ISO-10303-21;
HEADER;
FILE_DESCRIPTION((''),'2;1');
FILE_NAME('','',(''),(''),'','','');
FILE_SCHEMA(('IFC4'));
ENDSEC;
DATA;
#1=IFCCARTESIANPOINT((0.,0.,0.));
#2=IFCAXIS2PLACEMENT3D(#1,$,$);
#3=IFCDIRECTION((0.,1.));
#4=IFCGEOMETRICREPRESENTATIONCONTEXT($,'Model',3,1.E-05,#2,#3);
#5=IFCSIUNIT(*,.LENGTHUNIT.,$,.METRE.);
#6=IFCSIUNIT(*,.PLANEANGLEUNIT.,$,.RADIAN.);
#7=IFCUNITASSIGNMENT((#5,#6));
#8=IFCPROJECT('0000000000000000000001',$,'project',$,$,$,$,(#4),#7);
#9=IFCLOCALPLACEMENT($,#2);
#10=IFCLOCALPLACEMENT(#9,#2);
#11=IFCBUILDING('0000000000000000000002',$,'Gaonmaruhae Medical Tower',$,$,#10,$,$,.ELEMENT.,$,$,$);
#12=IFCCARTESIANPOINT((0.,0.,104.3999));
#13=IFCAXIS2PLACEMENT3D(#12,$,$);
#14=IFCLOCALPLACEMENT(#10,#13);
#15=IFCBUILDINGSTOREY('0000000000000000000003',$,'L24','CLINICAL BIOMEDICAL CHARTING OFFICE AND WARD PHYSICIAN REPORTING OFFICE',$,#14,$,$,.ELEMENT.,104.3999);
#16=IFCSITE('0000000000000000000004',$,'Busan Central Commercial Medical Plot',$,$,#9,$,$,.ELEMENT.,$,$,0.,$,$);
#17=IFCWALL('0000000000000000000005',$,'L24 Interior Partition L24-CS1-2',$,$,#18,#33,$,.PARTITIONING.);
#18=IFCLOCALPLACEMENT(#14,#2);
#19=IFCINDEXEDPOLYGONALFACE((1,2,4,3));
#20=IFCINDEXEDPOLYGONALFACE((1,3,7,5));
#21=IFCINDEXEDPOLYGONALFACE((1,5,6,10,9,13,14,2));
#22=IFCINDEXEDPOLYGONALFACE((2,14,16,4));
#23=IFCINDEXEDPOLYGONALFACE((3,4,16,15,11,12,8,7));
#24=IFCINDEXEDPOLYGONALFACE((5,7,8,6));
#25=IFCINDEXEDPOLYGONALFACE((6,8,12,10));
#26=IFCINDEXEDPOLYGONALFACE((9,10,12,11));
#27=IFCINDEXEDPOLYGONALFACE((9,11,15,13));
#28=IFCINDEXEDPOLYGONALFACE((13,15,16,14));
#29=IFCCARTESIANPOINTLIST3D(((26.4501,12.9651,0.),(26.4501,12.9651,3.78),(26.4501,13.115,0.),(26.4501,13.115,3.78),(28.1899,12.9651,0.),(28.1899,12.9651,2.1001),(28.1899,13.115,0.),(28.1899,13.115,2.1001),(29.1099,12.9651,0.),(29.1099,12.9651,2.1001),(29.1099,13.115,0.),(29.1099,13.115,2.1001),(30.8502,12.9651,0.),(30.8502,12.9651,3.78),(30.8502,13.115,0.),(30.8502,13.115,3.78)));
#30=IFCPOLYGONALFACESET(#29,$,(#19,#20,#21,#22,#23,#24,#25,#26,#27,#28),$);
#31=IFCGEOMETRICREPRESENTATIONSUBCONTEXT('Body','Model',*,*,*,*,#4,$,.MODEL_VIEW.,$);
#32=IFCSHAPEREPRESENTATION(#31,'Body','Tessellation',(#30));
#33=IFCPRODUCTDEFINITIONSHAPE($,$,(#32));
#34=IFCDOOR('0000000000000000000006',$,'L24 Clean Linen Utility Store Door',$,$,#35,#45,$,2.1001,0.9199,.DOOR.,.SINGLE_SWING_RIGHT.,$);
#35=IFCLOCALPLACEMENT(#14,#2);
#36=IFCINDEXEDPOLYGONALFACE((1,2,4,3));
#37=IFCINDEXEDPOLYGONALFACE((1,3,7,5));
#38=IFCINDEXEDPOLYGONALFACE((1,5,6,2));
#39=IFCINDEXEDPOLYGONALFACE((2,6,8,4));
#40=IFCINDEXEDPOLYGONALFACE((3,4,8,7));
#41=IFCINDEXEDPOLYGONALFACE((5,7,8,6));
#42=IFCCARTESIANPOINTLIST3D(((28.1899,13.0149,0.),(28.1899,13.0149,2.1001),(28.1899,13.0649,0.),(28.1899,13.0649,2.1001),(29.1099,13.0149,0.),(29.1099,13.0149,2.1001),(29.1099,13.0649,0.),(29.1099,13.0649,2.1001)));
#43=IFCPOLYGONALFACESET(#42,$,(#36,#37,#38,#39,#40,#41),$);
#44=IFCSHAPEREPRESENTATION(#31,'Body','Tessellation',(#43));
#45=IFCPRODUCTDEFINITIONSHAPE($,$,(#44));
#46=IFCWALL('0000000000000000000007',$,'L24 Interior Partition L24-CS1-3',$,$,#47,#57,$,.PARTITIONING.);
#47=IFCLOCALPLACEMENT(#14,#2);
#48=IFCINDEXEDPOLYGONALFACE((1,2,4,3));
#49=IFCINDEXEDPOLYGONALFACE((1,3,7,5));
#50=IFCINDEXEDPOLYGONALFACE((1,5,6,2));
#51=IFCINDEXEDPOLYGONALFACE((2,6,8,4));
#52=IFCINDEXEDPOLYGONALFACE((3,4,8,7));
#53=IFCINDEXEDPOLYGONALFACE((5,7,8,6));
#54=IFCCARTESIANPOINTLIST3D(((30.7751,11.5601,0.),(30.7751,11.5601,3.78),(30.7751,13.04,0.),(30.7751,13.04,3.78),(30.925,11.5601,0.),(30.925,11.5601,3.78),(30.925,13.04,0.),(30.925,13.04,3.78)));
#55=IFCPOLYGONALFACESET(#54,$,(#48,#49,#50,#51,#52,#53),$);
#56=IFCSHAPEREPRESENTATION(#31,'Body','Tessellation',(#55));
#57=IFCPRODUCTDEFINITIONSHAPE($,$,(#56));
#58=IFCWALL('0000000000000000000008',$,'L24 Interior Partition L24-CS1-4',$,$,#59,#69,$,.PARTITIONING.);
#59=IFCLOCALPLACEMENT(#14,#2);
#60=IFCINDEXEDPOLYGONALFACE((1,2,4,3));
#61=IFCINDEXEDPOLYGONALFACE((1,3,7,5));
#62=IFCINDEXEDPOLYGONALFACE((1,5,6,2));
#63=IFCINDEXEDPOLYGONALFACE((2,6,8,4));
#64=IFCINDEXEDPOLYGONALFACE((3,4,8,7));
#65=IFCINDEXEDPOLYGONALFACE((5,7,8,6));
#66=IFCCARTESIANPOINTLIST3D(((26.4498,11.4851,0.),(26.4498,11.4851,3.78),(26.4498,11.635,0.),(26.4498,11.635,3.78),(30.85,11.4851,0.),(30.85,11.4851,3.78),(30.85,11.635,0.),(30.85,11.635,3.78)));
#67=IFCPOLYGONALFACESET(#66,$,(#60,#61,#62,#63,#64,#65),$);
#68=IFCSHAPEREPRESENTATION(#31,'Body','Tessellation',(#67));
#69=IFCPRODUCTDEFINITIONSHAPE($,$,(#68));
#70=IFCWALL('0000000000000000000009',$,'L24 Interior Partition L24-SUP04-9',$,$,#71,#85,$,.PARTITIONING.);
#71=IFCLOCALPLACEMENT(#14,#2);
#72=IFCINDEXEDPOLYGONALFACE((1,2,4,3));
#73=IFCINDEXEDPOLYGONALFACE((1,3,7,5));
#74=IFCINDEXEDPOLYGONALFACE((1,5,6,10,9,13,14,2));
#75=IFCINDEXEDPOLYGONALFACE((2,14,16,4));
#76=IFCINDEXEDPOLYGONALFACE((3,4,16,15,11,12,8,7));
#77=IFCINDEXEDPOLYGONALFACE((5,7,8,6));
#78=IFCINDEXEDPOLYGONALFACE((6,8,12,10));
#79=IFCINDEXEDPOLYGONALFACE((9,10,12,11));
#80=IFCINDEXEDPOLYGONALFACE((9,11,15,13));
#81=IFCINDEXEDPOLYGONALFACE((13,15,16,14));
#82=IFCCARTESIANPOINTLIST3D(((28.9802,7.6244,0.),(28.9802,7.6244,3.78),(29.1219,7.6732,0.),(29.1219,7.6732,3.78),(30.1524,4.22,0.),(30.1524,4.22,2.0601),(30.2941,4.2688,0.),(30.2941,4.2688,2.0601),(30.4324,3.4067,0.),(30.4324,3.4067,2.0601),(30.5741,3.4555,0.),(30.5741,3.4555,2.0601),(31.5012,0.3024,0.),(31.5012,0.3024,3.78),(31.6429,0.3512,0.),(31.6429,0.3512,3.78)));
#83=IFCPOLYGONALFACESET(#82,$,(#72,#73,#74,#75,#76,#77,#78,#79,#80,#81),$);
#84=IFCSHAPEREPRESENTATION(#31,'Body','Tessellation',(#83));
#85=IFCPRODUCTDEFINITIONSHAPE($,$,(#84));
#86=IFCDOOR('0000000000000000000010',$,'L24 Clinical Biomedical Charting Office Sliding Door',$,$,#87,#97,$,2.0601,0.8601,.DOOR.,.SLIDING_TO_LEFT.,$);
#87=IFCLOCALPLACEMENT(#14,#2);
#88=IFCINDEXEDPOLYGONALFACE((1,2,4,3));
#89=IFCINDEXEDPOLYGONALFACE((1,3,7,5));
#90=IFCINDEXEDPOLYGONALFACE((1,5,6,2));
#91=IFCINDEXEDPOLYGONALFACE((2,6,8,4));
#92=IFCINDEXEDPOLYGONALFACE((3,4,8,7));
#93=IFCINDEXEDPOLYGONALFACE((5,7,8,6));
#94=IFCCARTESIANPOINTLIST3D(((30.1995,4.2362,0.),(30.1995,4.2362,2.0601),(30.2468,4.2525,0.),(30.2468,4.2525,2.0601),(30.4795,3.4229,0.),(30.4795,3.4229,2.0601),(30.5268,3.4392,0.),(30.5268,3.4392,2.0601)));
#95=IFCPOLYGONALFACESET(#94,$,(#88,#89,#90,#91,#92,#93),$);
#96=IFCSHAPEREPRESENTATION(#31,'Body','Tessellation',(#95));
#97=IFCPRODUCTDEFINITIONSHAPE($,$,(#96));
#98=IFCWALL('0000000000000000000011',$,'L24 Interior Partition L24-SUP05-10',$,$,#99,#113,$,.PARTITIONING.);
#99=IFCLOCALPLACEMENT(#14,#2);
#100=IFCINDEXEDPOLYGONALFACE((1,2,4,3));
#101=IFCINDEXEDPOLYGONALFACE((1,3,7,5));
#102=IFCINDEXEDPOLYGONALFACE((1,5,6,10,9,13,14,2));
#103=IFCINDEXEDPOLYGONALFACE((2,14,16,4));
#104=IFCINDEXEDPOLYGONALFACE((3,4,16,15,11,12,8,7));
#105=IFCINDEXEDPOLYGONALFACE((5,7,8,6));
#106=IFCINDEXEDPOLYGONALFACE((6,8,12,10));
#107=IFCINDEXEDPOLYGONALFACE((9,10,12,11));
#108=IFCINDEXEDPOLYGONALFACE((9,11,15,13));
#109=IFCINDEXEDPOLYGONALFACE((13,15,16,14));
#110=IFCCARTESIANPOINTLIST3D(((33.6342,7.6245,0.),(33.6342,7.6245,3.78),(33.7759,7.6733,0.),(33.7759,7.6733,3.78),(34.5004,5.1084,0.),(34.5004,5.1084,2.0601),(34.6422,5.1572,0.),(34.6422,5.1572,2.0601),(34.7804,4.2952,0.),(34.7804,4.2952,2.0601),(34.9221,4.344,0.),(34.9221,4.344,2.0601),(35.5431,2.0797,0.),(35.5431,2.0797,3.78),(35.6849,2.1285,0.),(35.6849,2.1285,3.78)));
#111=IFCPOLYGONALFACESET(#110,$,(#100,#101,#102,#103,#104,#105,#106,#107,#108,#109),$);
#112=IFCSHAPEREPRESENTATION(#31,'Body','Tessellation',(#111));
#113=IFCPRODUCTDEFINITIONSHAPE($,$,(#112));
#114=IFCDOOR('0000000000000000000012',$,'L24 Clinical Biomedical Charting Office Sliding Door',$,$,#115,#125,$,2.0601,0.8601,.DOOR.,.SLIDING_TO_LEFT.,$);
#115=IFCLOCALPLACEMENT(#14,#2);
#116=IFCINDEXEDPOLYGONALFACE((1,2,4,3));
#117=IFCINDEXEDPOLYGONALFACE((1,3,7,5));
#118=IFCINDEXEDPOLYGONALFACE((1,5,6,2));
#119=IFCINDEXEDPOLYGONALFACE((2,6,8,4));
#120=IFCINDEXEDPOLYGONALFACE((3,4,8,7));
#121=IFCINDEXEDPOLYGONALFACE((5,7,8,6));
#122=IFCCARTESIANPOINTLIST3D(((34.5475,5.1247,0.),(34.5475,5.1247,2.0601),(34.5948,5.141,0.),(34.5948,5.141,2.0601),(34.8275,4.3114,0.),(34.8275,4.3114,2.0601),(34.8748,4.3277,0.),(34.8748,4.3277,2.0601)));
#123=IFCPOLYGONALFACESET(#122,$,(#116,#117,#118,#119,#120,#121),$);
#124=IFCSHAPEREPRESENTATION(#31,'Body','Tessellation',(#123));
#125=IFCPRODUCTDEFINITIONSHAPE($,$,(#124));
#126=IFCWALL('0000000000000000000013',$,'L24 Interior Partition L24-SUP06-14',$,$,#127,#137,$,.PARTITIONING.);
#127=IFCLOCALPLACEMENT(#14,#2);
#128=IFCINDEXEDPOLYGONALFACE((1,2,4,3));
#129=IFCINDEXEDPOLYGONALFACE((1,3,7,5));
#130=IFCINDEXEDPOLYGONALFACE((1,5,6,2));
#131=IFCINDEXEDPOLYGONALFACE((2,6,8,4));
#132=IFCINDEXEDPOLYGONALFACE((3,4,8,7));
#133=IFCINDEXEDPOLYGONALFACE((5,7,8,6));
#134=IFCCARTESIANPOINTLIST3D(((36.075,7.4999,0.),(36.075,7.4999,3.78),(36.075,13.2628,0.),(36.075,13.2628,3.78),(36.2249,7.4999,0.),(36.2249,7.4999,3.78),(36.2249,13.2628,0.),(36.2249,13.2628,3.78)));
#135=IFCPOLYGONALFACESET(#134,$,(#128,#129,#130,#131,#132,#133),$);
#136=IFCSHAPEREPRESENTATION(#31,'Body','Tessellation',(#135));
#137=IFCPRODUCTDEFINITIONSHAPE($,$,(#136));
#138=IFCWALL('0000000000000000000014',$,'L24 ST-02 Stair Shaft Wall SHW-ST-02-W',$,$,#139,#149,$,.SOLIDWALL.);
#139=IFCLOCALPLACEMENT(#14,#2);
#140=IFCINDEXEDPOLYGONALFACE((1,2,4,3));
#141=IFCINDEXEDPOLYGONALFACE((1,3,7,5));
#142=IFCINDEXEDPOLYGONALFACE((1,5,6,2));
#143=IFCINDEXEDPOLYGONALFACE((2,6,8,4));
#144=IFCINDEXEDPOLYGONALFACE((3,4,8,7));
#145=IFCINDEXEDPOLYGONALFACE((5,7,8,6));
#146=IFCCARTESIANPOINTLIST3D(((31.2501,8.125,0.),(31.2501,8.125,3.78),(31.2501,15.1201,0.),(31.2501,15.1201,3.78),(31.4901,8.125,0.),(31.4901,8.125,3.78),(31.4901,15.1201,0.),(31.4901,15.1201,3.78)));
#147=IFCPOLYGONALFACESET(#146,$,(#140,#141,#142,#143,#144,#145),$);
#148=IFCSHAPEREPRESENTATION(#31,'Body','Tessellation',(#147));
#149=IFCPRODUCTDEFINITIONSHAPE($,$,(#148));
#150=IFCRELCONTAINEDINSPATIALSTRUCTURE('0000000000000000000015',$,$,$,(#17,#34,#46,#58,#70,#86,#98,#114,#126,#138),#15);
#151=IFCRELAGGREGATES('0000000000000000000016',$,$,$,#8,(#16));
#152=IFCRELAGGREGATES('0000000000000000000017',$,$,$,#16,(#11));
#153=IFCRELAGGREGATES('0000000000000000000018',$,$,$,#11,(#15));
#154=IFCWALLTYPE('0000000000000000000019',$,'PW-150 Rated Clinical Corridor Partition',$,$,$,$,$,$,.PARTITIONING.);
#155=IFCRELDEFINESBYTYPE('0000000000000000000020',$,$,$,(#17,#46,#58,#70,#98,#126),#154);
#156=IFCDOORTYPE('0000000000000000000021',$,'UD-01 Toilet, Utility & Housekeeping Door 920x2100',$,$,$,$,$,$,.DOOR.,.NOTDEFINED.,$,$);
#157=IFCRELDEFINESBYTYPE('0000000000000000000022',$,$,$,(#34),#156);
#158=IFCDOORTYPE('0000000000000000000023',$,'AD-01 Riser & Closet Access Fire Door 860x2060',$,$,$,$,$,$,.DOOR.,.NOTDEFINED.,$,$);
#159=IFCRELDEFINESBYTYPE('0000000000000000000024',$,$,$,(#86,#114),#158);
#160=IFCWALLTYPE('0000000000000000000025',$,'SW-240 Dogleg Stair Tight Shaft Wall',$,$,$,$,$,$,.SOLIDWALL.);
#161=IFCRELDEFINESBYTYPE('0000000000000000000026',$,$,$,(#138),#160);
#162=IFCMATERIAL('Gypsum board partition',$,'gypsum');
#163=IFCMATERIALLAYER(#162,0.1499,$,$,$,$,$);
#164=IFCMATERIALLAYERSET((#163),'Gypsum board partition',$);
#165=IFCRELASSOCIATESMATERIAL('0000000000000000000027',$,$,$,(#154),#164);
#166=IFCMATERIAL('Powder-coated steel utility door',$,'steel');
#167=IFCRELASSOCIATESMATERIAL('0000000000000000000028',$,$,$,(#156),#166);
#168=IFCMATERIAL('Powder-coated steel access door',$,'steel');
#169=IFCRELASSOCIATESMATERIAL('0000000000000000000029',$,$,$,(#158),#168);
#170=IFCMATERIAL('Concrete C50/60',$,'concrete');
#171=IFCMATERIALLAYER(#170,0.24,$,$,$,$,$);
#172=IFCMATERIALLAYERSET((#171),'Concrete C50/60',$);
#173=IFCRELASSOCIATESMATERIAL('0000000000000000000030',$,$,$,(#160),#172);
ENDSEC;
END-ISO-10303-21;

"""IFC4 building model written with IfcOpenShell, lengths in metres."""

from ifc_helpers import new_model, si_unit, direction, frame, frame_2d, origin, place, context, subcontext, project, spatial, rectangle, extrude, material, layer, layer_set, type_object, element, fill, save


model = new_model("IFC4")

# Units and contexts
model_context = context("Model", 3, precision=1e-05, world=origin(), true_north=direction((0.0, 1.0)))
body_context = subcontext(model_context, "Body", "Model", "MODEL_VIEW")
ifc_project = project(units=[si_unit("LENGTHUNIT", "METRE"), si_unit("PLANEANGLEUNIT", "RADIAN")], contexts=[model_context])

# Site, building, storey
site_placement = place(None, origin())
site = spatial("IfcSite", under=ifc_project, at=site_placement, Name="Busan Central Commercial Medical Plot", CompositionType="ELEMENT", RefElevation=0.0)
building_placement = place(site_placement, origin())
building = spatial("IfcBuilding", under=site, at=building_placement, Name="Gaonmaruhae Medical Tower", CompositionType="ELEMENT")
storey_placement = place(building_placement, frame((0.0, 0.0, 104.3999)))
storey = spatial("IfcBuildingStorey", under=building, at=storey_placement, Name="L24", Description="CLINICAL BIOMEDICAL CHARTING OFFICE AND WARD PHYSICIAN REPORTING OFFICE", CompositionType="ELEMENT", Elevation=104.3999)

# Shared definitions
ifc_material_1 = material(Name="Gypsum board partition", Category="gypsum")
ifc_layer_1 = layer(ifc_material_1, 0.1499)
ifc_layer_set_1 = layer_set([ifc_layer_1], Name="Gypsum board partition")
wall_type_1 = type_object("IfcWallType", Name="PW-150 Rated Clinical Corridor Partition", PredefinedType="PARTITIONING", material=ifc_layer_set_1)

# Wall, opening, door
wall_1_placement = place(storey_placement, frame((26.45, 13.04, 0.0), z_axis=(0.0, 0.0, 1.0), x_axis=(1.0, 0.0, 0.0)))
wall_1 = element("IfcWall", 1, at=wall_1_placement, inside=storey, type_object=wall_type_1, Name="L24 Interior Partition L24-CS1-2", PredefinedType="PARTITIONING", context=body_context, shape_type="SweptSolid", body=[
    extrude(rectangle(XDim=4.4001, YDim=0.1499, at=frame_2d((2.2002, 0.0))), origin(), (0.0, 0.0, 1.0), 3.78),
])
opening_1_placement = place(wall_1_placement, frame((1.74, 0.0, 0.0)))
opening_1 = element("IfcOpeningElement", 2, at=opening_1_placement, cuts=wall_1, PredefinedType="OPENING", context=body_context, shape_type="SweptSolid", body=[
    extrude(rectangle(XDim=0.9199, YDim=2.1001, at=frame_2d((0.46, 1.05))), frame((0.0, 0.085, 0.0), z_axis=(0.0, -1.0, 0.0), x_axis=(1.0, 0.0, 0.0)), (0.0, 0.0, 1.0), 0.1699),
])
ifc_material_2 = material(Name="Powder-coated steel utility door", Category="steel")
door_type_1 = type_object("IfcDoorType", Name="UD-01 Toilet, Utility & Housekeeping Door 920x2100", OperationType="NOTDEFINED", PredefinedType="DOOR", material=ifc_material_2)
door_1_placement = place(opening_1_placement, origin())
door_1 = element("IfcDoor", 3, at=door_1_placement, inside=storey, type_object=door_type_1, Name="L24 Clean Linen Utility Store Door", OperationType="SINGLE_SWING_RIGHT", OverallHeight=2.1001, OverallWidth=0.9199, PredefinedType="DOOR", context=body_context, shape_type="SweptSolid", body=[
    extrude(rectangle(XDim=0.9199, YDim=2.1001, at=frame_2d((0.46, 1.05))), frame((0.0, 0.0249, 0.0), z_axis=(0.0, -1.0, 0.0), x_axis=(1.0, 0.0, 0.0)), (0.0, 0.0, 1.0), 0.05),
])
fill(opening_1, door_1)

# Walls
wall_2_placement = place(storey_placement, frame((30.8501, 13.04, 0.0), z_axis=(0.0, 0.0, 1.0), x_axis=(0.0, -1.0, 0.0)))
element("IfcWall", 4, at=wall_2_placement, inside=storey, type_object=wall_type_1, Name="L24 Interior Partition L24-CS1-3", PredefinedType="PARTITIONING", context=body_context, shape_type="SweptSolid", body=[
    extrude(rectangle(XDim=1.48, YDim=0.1499, at=frame_2d((0.74, 0.0))), origin(), (0.0, 0.0, 1.0), 3.78),
])
wall_3_placement = place(storey_placement, frame((30.8501, 11.5601, 0.0), z_axis=(0.0, 0.0, 1.0), x_axis=(-1.0, 0.0, 0.0)))
element("IfcWall", 5, at=wall_3_placement, inside=storey, type_object=wall_type_1, Name="L24 Interior Partition L24-CS1-4", PredefinedType="PARTITIONING", context=body_context, shape_type="SweptSolid", body=[
    extrude(rectangle(XDim=4.4001, YDim=0.1499, at=frame_2d((2.2002, 0.0))), origin(), (0.0, 0.0, 1.0), 3.78),
])

# Walls, openings, doors
wall_4_placement = place(storey_placement, frame((29.051, 7.6489, 0.0), z_axis=(0.0, 0.0, 1.0), x_axis=(0.325548, -0.945526, 0.0)))
wall_4 = element("IfcWall", 6, at=wall_4_placement, inside=storey, type_object=wall_type_1, Name="L24 Interior Partition L24-SUP04-9", PredefinedType="PARTITIONING", context=body_context, shape_type="SweptSolid", body=[
    extrude(rectangle(XDim=7.7439, YDim=0.1499, at=frame_2d((3.8721, 0.0))), origin(), (0.0, 0.0, 1.0), 3.78),
])
opening_2_placement = place(wall_4_placement, frame((3.6006, 0.0, 0.0)))
opening_2 = element("IfcOpeningElement", 7, at=opening_2_placement, cuts=wall_4, PredefinedType="OPENING", context=body_context, shape_type="SweptSolid", body=[
    extrude(rectangle(XDim=0.8601, YDim=2.0601, at=frame_2d((0.4302, 1.03))), frame((0.0, 0.085, 0.0), z_axis=(0.0, -1.0, 0.0), x_axis=(1.0, 0.0, 0.0)), (0.0, 0.0, 1.0), 0.1699),
])
ifc_material_3 = material(Name="Powder-coated steel access door", Category="steel")
door_type_2 = type_object("IfcDoorType", Name="AD-01 Riser & Closet Access Fire Door 860x2060", OperationType="NOTDEFINED", PredefinedType="DOOR", material=ifc_material_3)
door_2_placement = place(opening_2_placement, origin())
door_2 = element("IfcDoor", 8, at=door_2_placement, inside=storey, type_object=door_type_2, Name="L24 Clinical Biomedical Charting Office Sliding Door", OperationType="SLIDING_TO_LEFT", OverallHeight=2.0601, OverallWidth=0.8601, PredefinedType="DOOR", context=body_context, shape_type="SweptSolid", body=[
    extrude(rectangle(XDim=0.8601, YDim=2.0601, at=frame_2d((0.4302, 1.03))), frame((0.0, 0.0249, 0.0), z_axis=(0.0, -1.0, 0.0), x_axis=(1.0, 0.0, 0.0)), (0.0, 0.0, 1.0), 0.05),
])
fill(opening_2, door_2)
wall_5_placement = place(storey_placement, frame((33.7051, 7.6489, 0.0), z_axis=(0.0, 0.0, 1.0), x_axis=(0.325517, -0.945536, 0.0)))
wall_5 = element("IfcWall", 9, at=wall_5_placement, inside=storey, type_object=wall_type_1, Name="L24 Interior Partition L24-SUP05-10", PredefinedType="PARTITIONING", context=body_context, shape_type="SweptSolid", body=[
    extrude(rectangle(XDim=5.8643, YDim=0.1499, at=frame_2d((2.9321, 0.0))), origin(), (0.0, 0.0, 1.0), 3.78),
])
opening_3_placement = place(wall_5_placement, frame((2.6609, 0.0, 0.0)))
opening_3 = element("IfcOpeningElement", 10, at=opening_3_placement, cuts=wall_5, PredefinedType="OPENING", context=body_context, shape_type="SweptSolid", body=[
    extrude(rectangle(XDim=0.8601, YDim=2.0601, at=frame_2d((0.4302, 1.03))), frame((0.0, 0.085, 0.0), z_axis=(0.0, -1.0, 0.0), x_axis=(1.0, 0.0, 0.0)), (0.0, 0.0, 1.0), 0.1699),
])
door_3_placement = place(opening_3_placement, origin())
door_3 = element("IfcDoor", 11, at=door_3_placement, inside=storey, type_object=door_type_2, Name="L24 Clinical Biomedical Charting Office Sliding Door", OperationType="SLIDING_TO_LEFT", OverallHeight=2.0601, OverallWidth=0.8601, PredefinedType="DOOR", context=body_context, shape_type="SweptSolid", body=[
    extrude(rectangle(XDim=0.8601, YDim=2.0601, at=frame_2d((0.4302, 1.03))), frame((0.0, 0.0249, 0.0), z_axis=(0.0, -1.0, 0.0), x_axis=(1.0, 0.0, 0.0)), (0.0, 0.0, 1.0), 0.05),
])
fill(opening_3, door_3)

# Walls
wall_6_placement = place(storey_placement, frame((36.1499, 7.5, 0.0), z_axis=(0.0, 0.0, 1.0), x_axis=(0.0, 1.0, 0.0)))
element("IfcWall", 12, at=wall_6_placement, inside=storey, type_object=wall_type_1, Name="L24 Interior Partition L24-SUP06-14", PredefinedType="PARTITIONING", context=body_context, shape_type="SweptSolid", body=[
    extrude(rectangle(XDim=5.7629, YDim=0.1499, at=frame_2d((2.8813, 0.0))), origin(), (0.0, 0.0, 1.0), 3.78),
])
ifc_material_4 = material(Name="Concrete C50/60", Category="concrete")
ifc_layer_2 = layer(ifc_material_4, 0.24)
ifc_layer_set_2 = layer_set([ifc_layer_2], Name="Concrete C50/60")
wall_type_2 = type_object("IfcWallType", Name="SW-240 Dogleg Stair Tight Shaft Wall", PredefinedType="SOLIDWALL", material=ifc_layer_set_2)
wall_7_placement = place(storey_placement, frame((31.3701, 8.125, 0.0), z_axis=(0.0, 0.0, 1.0), x_axis=(0.0, 1.0, 0.0)))
element("IfcWall", 13, at=wall_7_placement, inside=storey, type_object=wall_type_2, Name="L24 ST-02 Stair Shaft Wall SHW-ST-02-W", PredefinedType="SOLIDWALL", context=body_context, shape_type="SweptSolid", body=[
    extrude(rectangle(XDim=6.9951, YDim=0.24, at=frame_2d((3.4976, 0.0))), origin(), (0.0, 0.0, 1.0), 3.78),
])

save(model, "model.ifc")
